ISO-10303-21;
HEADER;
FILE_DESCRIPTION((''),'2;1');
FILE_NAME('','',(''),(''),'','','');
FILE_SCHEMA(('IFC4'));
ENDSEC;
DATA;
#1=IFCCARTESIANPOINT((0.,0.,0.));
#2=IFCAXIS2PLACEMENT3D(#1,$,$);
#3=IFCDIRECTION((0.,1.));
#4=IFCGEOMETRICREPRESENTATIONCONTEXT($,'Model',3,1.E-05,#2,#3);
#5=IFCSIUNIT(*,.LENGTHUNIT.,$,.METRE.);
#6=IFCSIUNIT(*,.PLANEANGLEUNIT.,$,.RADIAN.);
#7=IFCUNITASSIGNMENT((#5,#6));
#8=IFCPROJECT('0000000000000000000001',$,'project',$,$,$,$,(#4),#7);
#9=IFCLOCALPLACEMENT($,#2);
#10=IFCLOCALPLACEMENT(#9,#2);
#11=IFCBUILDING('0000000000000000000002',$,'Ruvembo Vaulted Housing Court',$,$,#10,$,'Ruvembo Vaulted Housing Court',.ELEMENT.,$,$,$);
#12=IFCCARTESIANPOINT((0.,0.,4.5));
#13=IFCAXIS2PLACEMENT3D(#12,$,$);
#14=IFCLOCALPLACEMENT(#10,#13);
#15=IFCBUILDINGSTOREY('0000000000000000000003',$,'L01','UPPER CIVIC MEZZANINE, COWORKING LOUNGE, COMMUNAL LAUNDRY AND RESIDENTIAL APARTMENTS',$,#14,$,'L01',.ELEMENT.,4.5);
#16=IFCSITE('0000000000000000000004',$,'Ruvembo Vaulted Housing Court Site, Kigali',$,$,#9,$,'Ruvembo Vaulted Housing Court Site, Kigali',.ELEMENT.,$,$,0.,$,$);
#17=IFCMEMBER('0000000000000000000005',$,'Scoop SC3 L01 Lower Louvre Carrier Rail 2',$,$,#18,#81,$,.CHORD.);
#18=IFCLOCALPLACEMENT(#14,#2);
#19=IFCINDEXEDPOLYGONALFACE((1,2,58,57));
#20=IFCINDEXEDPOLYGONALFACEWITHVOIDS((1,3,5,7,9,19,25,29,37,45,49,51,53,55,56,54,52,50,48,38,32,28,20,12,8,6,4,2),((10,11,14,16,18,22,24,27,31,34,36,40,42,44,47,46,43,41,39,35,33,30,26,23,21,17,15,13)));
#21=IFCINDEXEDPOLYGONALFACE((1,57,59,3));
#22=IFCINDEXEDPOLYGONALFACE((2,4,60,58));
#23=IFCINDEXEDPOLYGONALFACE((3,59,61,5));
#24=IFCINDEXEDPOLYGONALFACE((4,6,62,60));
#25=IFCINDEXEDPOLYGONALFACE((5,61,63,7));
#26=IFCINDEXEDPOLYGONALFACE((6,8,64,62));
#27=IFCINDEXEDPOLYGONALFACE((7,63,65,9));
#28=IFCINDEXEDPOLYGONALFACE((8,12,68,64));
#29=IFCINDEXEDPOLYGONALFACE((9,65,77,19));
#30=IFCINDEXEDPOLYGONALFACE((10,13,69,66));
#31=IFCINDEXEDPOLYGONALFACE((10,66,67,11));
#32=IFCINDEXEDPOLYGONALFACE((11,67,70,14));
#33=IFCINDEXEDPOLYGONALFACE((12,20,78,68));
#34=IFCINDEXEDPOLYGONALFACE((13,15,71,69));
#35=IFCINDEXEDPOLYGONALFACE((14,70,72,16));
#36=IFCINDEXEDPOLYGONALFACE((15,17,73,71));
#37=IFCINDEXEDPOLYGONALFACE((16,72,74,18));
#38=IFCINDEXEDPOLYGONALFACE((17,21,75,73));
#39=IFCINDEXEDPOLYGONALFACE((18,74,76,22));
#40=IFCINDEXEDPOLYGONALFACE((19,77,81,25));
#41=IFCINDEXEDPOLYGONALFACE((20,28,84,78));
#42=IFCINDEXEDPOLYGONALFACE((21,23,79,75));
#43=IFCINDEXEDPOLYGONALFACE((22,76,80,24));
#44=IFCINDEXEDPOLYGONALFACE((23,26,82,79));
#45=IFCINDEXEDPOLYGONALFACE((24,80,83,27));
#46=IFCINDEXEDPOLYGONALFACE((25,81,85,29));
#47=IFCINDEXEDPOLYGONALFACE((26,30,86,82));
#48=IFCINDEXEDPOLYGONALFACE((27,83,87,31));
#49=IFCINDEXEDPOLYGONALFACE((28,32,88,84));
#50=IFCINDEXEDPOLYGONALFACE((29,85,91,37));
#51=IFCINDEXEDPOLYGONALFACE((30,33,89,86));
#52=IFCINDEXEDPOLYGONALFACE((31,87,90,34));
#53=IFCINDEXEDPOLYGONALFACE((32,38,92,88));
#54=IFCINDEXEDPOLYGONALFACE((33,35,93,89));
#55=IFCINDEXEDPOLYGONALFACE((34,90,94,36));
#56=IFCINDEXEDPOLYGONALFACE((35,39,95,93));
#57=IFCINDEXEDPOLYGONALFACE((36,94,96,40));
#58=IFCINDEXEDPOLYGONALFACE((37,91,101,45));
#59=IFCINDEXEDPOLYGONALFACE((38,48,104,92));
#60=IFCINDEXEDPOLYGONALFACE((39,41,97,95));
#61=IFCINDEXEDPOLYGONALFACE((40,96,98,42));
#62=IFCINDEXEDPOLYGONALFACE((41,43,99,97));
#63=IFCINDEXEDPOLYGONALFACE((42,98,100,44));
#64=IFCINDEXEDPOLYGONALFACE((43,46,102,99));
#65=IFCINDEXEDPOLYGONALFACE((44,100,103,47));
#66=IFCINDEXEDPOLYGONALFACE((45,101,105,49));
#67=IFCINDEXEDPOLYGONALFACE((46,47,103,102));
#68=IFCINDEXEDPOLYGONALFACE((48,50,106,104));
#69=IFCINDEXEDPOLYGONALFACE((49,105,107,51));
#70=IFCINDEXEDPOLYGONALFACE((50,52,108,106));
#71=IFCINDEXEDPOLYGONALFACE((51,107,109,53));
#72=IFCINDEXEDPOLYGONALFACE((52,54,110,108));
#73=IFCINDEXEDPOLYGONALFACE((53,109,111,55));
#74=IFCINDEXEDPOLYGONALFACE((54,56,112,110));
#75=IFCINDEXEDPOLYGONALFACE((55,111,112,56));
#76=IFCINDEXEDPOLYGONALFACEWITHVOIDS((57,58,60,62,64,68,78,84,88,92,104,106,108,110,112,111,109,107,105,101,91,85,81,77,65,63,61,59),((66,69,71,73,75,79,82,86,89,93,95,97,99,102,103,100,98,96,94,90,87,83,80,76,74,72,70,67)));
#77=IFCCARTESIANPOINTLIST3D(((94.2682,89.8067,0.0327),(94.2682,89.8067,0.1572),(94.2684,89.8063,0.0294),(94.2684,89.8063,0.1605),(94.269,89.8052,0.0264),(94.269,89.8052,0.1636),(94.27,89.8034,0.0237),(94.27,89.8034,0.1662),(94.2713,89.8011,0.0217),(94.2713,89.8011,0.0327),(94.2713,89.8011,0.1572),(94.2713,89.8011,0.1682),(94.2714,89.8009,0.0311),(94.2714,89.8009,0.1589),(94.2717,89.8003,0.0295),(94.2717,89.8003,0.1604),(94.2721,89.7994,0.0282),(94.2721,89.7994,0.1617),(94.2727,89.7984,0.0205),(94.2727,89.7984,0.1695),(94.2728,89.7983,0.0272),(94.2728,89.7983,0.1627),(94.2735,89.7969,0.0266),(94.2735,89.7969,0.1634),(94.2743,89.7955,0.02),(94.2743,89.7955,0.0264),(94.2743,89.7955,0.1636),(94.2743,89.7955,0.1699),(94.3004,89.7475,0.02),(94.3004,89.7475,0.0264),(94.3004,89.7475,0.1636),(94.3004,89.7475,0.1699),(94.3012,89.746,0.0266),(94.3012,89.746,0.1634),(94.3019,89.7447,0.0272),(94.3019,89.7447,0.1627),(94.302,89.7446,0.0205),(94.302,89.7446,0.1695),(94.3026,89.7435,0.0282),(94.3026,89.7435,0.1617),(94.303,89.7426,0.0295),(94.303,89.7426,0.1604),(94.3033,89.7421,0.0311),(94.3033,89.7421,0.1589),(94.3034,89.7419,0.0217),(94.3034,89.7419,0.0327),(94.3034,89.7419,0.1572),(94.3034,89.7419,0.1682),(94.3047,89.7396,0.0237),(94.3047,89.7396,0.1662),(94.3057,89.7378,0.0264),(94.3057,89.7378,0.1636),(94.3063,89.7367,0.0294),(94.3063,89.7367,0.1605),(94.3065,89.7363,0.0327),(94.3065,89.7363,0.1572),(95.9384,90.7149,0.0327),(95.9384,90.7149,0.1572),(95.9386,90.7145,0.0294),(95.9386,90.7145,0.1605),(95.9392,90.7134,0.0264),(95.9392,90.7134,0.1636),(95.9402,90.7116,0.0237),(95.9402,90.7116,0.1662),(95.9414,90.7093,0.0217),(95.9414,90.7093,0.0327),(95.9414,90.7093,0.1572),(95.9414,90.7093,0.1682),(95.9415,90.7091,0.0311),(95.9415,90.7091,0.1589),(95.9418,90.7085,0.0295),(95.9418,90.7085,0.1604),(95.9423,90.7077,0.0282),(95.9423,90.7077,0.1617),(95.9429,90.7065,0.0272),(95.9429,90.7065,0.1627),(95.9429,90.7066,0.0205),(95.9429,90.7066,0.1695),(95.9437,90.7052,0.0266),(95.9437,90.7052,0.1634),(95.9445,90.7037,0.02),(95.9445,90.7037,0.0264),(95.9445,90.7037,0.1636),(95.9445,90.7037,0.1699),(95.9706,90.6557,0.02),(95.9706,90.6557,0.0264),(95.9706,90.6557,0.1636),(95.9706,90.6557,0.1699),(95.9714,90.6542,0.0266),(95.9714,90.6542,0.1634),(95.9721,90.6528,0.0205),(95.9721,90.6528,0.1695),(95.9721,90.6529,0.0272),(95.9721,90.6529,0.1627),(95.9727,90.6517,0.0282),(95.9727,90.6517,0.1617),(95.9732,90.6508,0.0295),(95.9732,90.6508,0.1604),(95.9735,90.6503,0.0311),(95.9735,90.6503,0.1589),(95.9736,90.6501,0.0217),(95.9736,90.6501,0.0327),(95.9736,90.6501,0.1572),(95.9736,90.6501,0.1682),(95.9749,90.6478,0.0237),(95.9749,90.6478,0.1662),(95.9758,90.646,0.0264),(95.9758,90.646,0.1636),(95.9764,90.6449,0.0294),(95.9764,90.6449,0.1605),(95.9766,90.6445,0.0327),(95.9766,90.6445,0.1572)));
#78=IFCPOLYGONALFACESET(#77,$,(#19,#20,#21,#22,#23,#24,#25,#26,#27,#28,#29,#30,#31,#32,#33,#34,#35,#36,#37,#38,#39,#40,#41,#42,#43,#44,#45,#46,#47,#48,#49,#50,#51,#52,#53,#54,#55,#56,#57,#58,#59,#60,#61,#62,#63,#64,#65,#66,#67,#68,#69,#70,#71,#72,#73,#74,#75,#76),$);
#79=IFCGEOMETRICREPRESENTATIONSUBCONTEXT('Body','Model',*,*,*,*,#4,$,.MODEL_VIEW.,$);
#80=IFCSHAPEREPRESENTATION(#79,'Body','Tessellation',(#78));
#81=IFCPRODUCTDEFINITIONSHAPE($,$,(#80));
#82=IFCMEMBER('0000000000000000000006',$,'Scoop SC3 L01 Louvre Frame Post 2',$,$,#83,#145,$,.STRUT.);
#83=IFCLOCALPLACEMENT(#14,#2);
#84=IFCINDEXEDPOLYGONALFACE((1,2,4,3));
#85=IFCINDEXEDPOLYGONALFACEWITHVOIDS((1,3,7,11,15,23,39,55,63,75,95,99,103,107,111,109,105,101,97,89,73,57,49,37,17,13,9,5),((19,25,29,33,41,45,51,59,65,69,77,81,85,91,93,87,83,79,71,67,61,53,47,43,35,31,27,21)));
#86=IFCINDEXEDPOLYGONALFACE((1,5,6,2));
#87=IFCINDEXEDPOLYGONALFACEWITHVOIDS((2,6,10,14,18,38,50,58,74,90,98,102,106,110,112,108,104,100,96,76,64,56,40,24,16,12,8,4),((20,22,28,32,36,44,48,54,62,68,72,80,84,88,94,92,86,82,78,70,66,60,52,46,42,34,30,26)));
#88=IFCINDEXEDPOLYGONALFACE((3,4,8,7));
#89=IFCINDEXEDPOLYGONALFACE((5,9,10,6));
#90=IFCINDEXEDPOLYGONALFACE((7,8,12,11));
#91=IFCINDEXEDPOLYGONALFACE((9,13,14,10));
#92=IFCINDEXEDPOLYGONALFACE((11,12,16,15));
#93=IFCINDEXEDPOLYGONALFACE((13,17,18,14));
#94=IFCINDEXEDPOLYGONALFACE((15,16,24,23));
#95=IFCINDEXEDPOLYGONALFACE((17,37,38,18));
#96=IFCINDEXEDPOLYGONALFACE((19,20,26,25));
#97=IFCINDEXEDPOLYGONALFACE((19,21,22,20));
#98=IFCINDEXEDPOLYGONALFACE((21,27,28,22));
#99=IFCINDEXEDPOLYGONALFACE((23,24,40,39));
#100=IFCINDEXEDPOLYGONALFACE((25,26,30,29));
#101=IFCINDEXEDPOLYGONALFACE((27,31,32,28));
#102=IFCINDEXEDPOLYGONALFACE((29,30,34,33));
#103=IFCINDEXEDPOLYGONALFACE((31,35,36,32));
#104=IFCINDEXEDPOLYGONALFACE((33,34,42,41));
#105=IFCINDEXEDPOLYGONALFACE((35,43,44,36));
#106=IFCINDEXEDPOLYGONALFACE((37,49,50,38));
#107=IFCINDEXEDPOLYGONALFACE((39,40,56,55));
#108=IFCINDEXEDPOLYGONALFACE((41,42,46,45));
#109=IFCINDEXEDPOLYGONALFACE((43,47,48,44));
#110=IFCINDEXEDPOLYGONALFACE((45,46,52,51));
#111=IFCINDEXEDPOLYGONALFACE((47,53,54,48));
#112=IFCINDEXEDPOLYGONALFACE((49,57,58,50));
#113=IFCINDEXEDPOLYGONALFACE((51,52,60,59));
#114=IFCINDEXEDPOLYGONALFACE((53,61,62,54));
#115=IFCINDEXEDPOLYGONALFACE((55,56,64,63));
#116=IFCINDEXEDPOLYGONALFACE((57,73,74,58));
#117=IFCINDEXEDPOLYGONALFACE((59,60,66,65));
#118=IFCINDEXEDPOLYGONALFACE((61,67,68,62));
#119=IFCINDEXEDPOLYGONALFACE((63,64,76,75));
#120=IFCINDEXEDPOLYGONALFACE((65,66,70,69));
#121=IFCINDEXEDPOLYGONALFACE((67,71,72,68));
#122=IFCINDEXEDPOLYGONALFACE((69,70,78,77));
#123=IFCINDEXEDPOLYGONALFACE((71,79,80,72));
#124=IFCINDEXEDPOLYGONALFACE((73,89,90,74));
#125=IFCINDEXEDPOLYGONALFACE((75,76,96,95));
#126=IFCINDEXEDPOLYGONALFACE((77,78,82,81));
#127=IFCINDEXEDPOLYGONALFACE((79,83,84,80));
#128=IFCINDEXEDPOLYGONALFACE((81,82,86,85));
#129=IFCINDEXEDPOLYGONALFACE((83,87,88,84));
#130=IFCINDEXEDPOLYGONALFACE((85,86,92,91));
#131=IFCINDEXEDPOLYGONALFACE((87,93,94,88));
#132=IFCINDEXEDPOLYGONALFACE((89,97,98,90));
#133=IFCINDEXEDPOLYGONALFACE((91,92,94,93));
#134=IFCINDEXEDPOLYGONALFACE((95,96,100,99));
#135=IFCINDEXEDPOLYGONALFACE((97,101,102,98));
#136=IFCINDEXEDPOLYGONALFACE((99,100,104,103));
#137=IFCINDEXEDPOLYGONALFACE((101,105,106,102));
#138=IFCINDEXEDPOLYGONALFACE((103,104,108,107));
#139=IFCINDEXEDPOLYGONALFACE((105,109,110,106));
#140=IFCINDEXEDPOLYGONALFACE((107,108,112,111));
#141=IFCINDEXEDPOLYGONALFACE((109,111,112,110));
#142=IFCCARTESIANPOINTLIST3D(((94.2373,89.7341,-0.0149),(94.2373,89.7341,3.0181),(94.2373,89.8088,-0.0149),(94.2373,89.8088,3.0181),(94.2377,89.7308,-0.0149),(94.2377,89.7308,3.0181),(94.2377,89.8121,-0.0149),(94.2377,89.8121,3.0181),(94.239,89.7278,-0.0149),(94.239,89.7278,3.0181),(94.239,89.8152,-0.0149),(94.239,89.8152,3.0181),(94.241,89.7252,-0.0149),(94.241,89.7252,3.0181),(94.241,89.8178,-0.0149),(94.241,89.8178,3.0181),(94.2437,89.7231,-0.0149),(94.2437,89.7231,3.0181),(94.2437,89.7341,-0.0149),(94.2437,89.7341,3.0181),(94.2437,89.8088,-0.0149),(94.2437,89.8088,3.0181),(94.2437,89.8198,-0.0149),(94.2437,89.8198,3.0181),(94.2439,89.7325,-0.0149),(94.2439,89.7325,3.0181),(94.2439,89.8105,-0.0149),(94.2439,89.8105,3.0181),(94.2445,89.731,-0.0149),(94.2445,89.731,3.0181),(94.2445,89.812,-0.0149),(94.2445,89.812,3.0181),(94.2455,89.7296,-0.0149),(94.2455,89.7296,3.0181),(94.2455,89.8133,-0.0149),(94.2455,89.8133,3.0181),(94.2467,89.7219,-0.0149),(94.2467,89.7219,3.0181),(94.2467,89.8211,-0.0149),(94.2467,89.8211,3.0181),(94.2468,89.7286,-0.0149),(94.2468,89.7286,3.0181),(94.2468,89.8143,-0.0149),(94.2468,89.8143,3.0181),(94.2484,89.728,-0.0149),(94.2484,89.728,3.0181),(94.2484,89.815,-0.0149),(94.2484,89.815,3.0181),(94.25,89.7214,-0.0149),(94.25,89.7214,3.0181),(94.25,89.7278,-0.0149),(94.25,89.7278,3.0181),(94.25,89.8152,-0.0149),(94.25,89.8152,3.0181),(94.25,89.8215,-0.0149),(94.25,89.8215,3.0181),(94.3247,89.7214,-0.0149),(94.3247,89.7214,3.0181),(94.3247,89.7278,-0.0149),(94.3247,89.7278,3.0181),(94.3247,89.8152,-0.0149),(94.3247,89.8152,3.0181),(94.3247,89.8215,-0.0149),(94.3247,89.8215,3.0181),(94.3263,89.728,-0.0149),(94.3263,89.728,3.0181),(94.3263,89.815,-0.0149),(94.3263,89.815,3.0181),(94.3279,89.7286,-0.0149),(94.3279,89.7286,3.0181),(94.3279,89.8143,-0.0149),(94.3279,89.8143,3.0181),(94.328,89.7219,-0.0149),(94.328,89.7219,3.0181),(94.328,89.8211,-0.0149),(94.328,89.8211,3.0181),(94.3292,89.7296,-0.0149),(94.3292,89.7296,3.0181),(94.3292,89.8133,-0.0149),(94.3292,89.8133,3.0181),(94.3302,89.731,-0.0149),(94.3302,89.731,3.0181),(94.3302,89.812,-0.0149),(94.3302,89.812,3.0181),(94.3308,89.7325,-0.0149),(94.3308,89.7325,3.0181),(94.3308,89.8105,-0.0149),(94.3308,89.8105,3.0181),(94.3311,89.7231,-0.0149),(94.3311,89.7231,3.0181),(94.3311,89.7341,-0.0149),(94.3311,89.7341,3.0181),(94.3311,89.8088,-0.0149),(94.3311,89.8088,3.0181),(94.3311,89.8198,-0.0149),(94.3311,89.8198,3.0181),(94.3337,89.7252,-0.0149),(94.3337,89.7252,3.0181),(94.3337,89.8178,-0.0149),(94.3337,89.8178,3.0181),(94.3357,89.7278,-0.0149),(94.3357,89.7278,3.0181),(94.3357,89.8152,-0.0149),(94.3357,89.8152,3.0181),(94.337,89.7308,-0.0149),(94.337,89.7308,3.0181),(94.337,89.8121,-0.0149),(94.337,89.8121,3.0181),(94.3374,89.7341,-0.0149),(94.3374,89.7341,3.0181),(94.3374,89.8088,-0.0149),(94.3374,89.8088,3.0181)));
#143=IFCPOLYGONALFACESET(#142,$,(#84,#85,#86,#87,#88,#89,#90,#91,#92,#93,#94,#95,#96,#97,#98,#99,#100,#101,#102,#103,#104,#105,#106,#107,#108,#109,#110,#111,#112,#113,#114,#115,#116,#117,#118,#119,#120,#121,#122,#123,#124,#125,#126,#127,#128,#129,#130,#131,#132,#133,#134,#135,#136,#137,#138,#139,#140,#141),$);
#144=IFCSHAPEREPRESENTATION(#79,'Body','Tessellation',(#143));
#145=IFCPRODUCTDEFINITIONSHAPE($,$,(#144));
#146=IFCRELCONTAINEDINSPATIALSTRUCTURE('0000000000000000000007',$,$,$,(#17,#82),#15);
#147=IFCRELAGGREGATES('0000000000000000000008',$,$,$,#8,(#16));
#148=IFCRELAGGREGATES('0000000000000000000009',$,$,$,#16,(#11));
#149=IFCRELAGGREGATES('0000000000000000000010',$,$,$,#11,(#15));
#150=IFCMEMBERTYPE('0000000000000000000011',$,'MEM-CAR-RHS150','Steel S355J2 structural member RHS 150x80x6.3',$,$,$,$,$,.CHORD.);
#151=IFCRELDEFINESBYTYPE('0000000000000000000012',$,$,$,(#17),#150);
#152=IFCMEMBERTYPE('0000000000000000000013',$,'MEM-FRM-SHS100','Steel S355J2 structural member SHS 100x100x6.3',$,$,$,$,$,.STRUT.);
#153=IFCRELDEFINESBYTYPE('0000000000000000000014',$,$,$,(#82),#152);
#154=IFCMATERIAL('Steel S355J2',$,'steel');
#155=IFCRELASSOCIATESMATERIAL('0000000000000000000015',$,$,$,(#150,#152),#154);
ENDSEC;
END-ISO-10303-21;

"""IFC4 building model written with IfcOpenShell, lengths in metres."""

from ifc_helpers import new_model, si_unit, direction, frame, origin, origin_2d, place, context, subcontext, project, spatial, hollow_rectangle, extrude, material, material_profile, profile_set, type_object, element, save


model = new_model("IFC4")

# Units and contexts
model_context = context("Model", 3, precision=1e-05, world=origin(), true_north=direction((0.0, 1.0)))
body_context = subcontext(model_context, "Body", "Model", "MODEL_VIEW")
ifc_project = project(units=[si_unit("LENGTHUNIT", "METRE"), si_unit("PLANEANGLEUNIT", "RADIAN")], contexts=[model_context])

# Site, building, storey
site_placement = place(None, origin())
site = spatial("IfcSite", under=ifc_project, at=site_placement, Name="Ruvembo Vaulted Housing Court Site, Kigali", LongName="Ruvembo Vaulted Housing Court Site, Kigali", CompositionType="ELEMENT", RefElevation=0.0)
building_placement = place(site_placement, origin())
building = spatial("IfcBuilding", under=site, at=building_placement, Name="Ruvembo Vaulted Housing Court", LongName="Ruvembo Vaulted Housing Court", CompositionType="ELEMENT")
storey_placement = place(building_placement, frame((0.0, 0.0, 4.5)))
storey = spatial("IfcBuildingStorey", under=building, at=storey_placement, Name="L01", Description="UPPER CIVIC MEZZANINE, COWORKING LOUNGE, COMMUNAL LAUNDRY AND RESIDENTIAL APARTMENTS", LongName="L01", CompositionType="ELEMENT", Elevation=4.5)

# Shared definitions
ifc_material_1 = material(Name="Steel S355J2", Category="steel")

# Members
ifc_material_profile_1 = material_profile(ifc_material_1, hollow_rectangle(XDim=0.0801, YDim=0.1499, WallThickness=0.0063, InnerFilletRadius=0.0063, OuterFilletRadius=0.0127, at=origin_2d()), Name="RHS 150x80x6.3")
ifc_profile_set_1 = profile_set([ifc_material_profile_1], Name="Steel S355J2")
member_type_1 = type_object("IfcMemberType", Name="MEM-CAR-RHS150", Description="Steel S355J2 structural member RHS 150x80x6.3", PredefinedType="CHORD", material=ifc_profile_set_1)
member_1_placement = place(storey_placement, frame((94.2874, 89.7715, 0.095), z_axis=(0.878513, 0.477718, 0.0), x_axis=(-0.477718, 0.878513, 0.0)))
element("IfcMember", 1, at=member_1_placement, inside=storey, type_object=member_type_1, Name="Scoop SC3 L01 Lower Louvre Carrier Rail 2", PredefinedType="CHORD", context=body_context, shape_type="SweptSolid", body=[
    extrude(hollow_rectangle(XDim=0.0801, YDim=0.1499, WallThickness=0.0063, InnerFilletRadius=0.0063, OuterFilletRadius=0.0127, at=origin_2d()), origin(), (0.0, 0.0, 1.0), 1.9011),
])
ifc_material_profile_2 = material_profile(ifc_material_1, hollow_rectangle(XDim=0.1001, YDim=0.1001, WallThickness=0.0063, InnerFilletRadius=0.0063, OuterFilletRadius=0.0127, at=origin_2d()), Name="SHS 100x100x6.3")
ifc_profile_set_2 = profile_set([ifc_material_profile_2], Name="Steel S355J2")
member_type_2 = type_object("IfcMemberType", Name="MEM-FRM-SHS100", Description="Steel S355J2 structural member SHS 100x100x6.3", PredefinedType="STRUT", material=ifc_profile_set_2)
for number, where, z_axis, x_axis, name in (
    (2, (94.2874, 89.7715, -0.0149), (0.0, 0.0, 1.0), (1.0, 0.0, 0.0), "Scoop SC3 L01 Louvre Frame Post 2"),
):
    element("IfcMember", number, at=place(storey_placement, frame(where, z_axis=z_axis, x_axis=x_axis)), inside=storey, type_object=member_type_2, Name=name, PredefinedType="STRUT", context=body_context, shape_type="SweptSolid", body=[
        extrude(hollow_rectangle(XDim=0.1001, YDim=0.1001, WallThickness=0.0063, InnerFilletRadius=0.0063, OuterFilletRadius=0.0127, at=origin_2d()), origin(), (0.0, 0.0, 1.0), 3.033),
    ])

save(model, "model.ifc")
